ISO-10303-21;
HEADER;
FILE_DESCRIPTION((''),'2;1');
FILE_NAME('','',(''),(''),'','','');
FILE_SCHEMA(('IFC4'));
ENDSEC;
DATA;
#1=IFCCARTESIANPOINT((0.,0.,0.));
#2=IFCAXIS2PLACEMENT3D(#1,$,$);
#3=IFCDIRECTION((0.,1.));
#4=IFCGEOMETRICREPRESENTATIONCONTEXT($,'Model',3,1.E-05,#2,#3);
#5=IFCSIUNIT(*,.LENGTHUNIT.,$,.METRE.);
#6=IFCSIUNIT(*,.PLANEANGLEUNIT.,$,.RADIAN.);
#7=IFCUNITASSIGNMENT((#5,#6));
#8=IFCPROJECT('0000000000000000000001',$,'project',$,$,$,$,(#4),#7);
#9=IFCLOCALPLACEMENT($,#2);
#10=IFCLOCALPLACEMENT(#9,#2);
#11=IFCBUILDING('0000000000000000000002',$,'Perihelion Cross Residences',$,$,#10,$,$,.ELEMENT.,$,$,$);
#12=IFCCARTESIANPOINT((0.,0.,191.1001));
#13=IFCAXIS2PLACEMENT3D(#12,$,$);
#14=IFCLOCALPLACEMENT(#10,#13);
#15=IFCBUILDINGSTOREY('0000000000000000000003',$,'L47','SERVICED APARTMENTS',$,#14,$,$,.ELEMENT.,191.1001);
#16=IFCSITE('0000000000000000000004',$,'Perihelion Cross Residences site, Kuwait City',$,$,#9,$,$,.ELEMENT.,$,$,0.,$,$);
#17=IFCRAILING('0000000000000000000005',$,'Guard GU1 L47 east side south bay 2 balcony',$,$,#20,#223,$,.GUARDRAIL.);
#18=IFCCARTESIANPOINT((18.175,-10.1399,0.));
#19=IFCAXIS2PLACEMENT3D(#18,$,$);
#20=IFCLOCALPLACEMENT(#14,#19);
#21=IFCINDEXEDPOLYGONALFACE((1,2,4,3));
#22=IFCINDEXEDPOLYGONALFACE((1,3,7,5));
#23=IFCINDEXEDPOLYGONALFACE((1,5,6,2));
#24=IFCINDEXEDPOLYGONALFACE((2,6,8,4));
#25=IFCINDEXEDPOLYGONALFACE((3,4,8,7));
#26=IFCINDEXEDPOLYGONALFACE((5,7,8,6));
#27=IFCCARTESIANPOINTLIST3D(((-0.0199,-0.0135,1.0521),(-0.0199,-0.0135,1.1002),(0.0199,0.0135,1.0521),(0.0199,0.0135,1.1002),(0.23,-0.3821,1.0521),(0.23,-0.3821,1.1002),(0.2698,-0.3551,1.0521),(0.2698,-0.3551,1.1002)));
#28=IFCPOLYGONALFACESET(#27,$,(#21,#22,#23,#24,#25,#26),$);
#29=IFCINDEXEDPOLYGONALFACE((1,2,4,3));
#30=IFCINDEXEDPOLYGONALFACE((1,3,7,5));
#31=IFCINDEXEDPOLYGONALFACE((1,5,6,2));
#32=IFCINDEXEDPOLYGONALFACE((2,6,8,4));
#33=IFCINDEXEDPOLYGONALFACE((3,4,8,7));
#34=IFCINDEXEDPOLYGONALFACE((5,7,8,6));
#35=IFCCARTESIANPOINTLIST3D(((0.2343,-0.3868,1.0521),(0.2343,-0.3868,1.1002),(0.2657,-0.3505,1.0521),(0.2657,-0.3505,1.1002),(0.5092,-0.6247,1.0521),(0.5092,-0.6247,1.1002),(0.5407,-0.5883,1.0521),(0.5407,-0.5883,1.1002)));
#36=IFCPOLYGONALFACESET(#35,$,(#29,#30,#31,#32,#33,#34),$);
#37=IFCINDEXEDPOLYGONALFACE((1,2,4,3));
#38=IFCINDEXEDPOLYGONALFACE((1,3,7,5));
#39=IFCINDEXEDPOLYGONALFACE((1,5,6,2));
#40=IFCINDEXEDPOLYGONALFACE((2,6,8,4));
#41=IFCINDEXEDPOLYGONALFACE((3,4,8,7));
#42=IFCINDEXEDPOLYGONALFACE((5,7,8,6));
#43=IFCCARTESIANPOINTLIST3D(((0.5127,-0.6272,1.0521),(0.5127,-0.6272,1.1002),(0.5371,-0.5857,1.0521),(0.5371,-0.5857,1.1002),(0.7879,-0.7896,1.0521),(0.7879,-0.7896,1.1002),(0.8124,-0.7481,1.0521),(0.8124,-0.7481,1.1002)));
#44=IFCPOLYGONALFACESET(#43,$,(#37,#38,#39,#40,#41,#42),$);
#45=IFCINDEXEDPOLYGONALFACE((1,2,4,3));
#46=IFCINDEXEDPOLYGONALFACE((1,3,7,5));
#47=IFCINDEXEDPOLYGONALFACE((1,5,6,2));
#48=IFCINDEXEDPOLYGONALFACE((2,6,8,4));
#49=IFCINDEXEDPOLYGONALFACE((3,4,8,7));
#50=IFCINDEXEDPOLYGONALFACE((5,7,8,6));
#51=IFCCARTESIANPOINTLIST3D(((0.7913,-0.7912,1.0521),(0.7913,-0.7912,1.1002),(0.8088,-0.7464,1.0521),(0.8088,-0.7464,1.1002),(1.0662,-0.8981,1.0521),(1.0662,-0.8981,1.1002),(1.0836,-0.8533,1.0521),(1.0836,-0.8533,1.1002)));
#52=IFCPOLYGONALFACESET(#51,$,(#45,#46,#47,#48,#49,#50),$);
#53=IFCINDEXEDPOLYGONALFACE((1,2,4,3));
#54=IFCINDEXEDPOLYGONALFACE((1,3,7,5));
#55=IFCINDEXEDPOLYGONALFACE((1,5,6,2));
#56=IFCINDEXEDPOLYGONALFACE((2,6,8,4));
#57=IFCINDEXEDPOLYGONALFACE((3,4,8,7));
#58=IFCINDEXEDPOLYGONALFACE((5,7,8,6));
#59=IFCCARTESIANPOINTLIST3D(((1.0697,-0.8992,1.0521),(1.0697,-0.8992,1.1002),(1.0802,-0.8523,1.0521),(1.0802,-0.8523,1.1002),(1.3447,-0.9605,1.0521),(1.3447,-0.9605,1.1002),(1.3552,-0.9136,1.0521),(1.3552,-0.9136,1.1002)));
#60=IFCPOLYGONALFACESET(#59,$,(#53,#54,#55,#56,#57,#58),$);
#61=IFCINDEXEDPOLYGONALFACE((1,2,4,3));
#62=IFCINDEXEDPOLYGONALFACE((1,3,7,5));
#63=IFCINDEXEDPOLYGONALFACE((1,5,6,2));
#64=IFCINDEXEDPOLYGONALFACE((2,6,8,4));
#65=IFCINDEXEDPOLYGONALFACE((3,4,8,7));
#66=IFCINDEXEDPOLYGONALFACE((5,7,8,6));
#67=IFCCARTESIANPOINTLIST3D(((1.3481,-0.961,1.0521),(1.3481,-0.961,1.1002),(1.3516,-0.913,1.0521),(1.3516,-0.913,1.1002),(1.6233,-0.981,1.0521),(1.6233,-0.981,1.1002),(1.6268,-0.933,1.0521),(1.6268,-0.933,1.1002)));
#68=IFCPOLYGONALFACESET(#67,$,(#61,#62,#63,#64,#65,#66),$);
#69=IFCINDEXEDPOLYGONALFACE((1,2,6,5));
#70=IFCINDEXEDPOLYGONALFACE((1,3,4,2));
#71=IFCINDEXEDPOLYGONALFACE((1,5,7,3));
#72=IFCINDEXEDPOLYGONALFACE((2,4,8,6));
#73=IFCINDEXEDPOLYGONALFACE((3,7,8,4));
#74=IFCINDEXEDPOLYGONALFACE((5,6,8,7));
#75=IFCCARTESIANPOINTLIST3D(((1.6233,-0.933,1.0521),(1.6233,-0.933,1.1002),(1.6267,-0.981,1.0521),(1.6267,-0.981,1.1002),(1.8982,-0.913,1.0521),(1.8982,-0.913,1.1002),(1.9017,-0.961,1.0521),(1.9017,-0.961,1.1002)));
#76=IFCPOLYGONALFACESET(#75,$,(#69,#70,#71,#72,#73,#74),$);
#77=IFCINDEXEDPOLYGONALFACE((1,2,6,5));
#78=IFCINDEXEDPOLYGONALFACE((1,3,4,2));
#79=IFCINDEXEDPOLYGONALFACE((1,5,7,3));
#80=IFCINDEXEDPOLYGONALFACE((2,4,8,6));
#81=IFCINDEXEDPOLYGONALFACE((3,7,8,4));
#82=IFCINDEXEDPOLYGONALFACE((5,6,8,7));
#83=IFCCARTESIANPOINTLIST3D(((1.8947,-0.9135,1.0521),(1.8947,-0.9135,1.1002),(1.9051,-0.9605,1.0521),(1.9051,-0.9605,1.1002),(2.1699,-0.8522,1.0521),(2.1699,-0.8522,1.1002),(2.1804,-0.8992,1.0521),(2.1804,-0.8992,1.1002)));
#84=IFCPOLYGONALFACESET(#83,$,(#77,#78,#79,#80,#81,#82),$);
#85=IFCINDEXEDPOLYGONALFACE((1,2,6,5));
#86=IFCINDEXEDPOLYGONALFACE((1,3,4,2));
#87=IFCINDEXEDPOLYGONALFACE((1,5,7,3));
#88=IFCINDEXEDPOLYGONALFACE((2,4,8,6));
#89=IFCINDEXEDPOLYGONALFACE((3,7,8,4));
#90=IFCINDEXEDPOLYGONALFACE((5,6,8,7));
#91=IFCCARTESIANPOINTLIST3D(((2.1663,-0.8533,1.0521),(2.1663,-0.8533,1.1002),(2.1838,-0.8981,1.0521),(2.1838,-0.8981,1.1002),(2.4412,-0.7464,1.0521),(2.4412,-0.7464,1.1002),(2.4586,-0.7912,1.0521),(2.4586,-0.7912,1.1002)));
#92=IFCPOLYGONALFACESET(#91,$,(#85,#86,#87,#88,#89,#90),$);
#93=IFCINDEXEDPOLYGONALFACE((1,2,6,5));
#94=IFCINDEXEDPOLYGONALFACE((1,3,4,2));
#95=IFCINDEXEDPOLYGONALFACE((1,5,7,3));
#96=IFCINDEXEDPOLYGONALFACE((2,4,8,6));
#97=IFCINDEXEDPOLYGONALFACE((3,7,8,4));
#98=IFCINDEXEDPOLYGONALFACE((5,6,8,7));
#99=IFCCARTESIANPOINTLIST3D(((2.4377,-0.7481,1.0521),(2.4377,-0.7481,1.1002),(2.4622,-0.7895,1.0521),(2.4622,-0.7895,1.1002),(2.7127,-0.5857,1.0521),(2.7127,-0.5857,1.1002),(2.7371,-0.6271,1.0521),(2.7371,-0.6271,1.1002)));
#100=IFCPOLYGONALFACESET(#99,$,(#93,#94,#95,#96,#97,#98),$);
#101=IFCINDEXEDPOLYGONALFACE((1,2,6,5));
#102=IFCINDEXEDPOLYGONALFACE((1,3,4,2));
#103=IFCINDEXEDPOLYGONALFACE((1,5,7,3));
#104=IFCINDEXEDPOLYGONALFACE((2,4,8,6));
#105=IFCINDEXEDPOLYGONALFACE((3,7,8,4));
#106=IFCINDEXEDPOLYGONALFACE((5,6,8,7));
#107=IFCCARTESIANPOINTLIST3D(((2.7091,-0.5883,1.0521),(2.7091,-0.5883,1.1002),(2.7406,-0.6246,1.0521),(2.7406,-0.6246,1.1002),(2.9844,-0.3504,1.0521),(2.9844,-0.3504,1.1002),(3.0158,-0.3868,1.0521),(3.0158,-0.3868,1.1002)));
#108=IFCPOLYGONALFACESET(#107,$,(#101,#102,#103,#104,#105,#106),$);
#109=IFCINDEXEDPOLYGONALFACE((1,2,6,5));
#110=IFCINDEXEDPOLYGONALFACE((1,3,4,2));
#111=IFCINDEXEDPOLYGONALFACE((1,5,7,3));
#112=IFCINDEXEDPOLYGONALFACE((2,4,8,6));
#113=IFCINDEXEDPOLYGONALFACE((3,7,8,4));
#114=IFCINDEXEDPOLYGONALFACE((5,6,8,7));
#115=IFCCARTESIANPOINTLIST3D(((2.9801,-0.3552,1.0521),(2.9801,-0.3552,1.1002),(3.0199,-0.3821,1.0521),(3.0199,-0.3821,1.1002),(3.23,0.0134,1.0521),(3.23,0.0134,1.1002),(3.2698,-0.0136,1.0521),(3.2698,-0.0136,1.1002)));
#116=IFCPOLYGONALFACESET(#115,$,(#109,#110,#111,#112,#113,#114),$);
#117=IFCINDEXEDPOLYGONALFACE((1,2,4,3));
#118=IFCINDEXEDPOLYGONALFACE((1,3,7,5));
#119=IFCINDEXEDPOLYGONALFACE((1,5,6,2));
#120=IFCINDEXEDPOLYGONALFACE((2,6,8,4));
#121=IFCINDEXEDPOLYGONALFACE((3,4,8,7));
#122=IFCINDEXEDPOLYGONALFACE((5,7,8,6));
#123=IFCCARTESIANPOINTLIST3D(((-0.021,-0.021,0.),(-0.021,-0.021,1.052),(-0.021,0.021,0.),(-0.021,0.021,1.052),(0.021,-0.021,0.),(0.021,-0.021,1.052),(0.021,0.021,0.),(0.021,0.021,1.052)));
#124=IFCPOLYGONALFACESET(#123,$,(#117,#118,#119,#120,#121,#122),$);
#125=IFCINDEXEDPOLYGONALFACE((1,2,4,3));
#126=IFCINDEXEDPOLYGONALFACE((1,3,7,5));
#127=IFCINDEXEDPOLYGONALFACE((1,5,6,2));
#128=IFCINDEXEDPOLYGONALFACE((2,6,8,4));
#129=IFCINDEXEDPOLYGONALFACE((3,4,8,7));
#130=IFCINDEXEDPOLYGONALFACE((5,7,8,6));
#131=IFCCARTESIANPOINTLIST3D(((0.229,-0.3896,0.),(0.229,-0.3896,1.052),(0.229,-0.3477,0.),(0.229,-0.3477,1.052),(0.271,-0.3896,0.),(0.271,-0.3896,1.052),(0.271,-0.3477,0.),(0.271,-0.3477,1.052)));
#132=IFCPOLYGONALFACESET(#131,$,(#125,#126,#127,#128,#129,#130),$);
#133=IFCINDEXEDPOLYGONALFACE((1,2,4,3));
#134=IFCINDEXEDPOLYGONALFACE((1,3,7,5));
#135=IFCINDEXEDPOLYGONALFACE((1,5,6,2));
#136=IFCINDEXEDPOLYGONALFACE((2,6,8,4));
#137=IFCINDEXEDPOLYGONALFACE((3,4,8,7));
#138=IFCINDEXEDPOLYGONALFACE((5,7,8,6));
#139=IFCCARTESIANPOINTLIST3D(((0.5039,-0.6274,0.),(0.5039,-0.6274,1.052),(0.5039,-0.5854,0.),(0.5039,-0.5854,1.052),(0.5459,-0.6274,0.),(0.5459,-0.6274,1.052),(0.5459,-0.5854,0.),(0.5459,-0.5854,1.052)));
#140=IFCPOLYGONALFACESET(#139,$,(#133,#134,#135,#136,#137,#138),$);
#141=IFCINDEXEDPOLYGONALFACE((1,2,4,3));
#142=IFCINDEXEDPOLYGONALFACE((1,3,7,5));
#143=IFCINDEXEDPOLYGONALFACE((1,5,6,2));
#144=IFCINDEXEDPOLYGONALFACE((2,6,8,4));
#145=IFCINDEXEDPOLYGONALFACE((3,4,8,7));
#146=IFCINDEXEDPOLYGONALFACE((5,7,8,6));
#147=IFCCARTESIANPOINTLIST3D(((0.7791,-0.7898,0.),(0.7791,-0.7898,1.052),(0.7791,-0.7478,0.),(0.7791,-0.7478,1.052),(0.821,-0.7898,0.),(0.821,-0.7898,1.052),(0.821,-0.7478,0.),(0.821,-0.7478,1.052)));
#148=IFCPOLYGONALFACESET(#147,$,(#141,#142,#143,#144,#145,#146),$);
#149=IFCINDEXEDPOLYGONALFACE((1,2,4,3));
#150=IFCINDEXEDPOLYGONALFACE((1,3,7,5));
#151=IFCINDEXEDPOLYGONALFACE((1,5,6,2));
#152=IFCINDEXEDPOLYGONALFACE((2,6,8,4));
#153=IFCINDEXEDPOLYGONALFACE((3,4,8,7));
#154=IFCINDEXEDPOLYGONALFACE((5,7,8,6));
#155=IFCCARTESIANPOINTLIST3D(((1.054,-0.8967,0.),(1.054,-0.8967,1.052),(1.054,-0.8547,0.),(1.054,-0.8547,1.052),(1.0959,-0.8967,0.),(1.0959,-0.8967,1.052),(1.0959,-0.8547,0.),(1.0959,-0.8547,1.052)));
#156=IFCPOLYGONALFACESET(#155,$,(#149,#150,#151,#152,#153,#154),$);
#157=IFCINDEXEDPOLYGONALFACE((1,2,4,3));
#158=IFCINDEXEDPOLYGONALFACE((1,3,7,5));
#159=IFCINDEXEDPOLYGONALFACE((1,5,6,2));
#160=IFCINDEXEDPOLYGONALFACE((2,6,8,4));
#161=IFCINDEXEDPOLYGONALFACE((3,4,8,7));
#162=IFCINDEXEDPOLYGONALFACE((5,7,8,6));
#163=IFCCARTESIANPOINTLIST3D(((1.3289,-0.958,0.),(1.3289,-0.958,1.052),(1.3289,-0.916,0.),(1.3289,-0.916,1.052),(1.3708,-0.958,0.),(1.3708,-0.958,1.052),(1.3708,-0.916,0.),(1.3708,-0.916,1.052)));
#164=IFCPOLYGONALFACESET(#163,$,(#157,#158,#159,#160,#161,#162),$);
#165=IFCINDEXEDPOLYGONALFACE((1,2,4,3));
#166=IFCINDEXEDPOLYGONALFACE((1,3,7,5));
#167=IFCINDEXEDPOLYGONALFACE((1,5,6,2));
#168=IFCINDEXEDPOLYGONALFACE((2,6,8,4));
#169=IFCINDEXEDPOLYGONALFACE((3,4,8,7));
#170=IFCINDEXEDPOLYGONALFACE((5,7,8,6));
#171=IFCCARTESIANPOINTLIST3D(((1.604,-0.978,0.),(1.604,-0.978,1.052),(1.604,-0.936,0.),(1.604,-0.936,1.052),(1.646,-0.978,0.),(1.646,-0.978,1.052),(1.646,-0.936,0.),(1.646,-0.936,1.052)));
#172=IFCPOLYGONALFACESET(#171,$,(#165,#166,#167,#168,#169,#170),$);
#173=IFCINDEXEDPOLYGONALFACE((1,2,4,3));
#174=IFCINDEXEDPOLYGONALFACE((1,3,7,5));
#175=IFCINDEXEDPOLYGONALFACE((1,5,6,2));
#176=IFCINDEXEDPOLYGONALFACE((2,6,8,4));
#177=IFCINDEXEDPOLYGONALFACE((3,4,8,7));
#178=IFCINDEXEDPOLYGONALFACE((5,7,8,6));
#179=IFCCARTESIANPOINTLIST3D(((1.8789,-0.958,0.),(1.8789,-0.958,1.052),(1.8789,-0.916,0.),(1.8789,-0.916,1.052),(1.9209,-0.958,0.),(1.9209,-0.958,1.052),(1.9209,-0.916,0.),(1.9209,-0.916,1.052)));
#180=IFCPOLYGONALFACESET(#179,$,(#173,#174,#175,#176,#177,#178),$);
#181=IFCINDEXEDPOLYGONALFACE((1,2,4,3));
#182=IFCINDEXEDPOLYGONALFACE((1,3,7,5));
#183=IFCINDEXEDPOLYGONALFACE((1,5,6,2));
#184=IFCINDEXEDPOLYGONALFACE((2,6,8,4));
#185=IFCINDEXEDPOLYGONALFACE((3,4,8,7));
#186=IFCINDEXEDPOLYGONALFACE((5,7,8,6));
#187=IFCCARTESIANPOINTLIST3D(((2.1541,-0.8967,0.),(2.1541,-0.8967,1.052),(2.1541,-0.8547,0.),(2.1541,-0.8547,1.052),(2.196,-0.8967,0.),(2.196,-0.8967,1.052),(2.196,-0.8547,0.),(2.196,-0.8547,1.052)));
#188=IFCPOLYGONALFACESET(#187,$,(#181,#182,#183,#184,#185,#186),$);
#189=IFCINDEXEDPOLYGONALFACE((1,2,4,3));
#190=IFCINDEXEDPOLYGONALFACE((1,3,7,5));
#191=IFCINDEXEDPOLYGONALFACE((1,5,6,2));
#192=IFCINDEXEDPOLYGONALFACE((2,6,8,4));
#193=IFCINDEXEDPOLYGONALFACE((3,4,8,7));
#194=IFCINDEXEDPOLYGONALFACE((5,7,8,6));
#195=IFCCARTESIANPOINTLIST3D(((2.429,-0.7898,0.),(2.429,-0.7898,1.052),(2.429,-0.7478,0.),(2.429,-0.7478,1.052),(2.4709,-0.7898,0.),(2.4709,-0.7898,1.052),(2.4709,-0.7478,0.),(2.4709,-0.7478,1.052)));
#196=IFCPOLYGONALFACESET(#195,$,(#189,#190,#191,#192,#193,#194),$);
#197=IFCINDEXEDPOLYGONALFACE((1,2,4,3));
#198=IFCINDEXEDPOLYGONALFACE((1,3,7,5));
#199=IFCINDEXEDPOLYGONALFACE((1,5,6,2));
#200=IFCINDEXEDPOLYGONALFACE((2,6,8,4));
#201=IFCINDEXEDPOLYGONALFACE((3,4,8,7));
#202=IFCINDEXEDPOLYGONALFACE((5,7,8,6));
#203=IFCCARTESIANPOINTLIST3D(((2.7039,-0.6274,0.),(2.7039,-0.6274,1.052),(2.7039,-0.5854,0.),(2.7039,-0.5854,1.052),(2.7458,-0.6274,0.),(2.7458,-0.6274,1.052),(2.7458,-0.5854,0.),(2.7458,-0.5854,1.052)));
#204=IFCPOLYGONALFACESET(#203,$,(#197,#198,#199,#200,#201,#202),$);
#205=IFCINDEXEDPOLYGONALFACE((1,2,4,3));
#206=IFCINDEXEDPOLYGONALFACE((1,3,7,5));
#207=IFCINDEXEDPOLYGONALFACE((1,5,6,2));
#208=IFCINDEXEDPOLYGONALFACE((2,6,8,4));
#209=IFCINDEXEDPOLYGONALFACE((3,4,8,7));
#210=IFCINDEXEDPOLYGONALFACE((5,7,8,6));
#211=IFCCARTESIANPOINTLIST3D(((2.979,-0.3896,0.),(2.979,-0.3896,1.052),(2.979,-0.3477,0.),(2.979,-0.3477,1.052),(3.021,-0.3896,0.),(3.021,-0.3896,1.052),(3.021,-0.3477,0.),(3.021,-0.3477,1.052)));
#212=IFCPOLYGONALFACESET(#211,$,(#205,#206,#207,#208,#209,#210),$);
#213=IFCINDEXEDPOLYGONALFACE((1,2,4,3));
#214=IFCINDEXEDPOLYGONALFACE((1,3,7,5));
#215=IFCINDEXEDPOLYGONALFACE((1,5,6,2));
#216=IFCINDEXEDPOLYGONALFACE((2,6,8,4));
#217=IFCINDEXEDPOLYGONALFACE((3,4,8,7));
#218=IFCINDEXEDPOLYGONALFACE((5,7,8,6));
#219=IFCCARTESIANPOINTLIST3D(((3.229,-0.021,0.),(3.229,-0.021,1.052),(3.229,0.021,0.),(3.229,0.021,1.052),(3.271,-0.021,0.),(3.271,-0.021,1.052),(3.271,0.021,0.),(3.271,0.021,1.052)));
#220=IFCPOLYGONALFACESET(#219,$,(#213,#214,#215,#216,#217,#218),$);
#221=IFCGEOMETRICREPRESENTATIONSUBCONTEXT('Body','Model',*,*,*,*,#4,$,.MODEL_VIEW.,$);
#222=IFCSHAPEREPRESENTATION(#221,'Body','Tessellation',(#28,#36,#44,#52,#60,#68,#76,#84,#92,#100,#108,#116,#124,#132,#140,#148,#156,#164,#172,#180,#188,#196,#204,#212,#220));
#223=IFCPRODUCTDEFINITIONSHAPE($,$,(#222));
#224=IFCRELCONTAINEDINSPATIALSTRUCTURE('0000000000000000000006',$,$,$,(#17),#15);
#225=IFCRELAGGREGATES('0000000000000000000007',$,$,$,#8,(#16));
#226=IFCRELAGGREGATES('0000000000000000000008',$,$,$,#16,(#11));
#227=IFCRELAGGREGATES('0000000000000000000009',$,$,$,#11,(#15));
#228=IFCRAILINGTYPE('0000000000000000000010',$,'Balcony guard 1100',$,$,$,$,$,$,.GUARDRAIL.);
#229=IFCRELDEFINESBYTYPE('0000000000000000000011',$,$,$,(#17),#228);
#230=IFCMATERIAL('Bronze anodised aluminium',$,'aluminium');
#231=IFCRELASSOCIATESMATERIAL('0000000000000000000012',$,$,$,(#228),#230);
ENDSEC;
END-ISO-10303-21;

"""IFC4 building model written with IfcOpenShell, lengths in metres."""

from ifc_helpers import new_model, si_unit, direction, frame, origin, origin_2d, place, context, subcontext, project, spatial, rectangle, extrude, material, type_object, element, save


model = new_model("IFC4")

# Units and contexts
model_context = context("Model", 3, precision=1e-05, world=origin(), true_north=direction((0.0, 1.0)))
body_context = subcontext(model_context, "Body", "Model", "MODEL_VIEW")
ifc_project = project(units=[si_unit("LENGTHUNIT", "METRE"), si_unit("PLANEANGLEUNIT", "RADIAN")], contexts=[model_context])

# Site, building, storey
site_placement = place(None, origin())
site = spatial("IfcSite", under=ifc_project, at=site_placement, Name="Perihelion Cross Residences site, Kuwait City", CompositionType="ELEMENT", RefElevation=0.0)
building_placement = place(site_placement, origin())
building = spatial("IfcBuilding", under=site, at=building_placement, Name="Perihelion Cross Residences", CompositionType="ELEMENT")
storey_placement = place(building_placement, frame((0.0, 0.0, 191.1001)))
storey = spatial("IfcBuildingStorey", under=building, at=storey_placement, Name="L47", Description="SERVICED APARTMENTS", CompositionType="ELEMENT", Elevation=191.1001)

# Railing
ifc_material_1 = material(Name="Bronze anodised aluminium", Category="aluminium")
railing_type = type_object("IfcRailingType", Name="Balcony guard 1100", PredefinedType="GUARDRAIL", material=ifc_material_1)
railing_1_placement = place(storey_placement, frame((18.175, -10.1399, 0.0)))
element("IfcRailing", 1, at=railing_1_placement, inside=storey, type_object=railing_type, Name="Guard GU1 L47 east side south bay 2 balcony", PredefinedType="GUARDRAIL", context=body_context, shape_type="SweptSolid", body=[
    extrude(rectangle(XDim=0.0481, YDim=0.0481, at=origin_2d()), frame((0.0, 0.0, 1.0762), z_axis=(0.56126, -0.827639, 0.0), x_axis=(0.827639, 0.56126, 0.0)), (0.0, 0.0, 1.0), 0.4453),
    extrude(rectangle(XDim=0.0481, YDim=0.0481, at=origin_2d()), frame((0.25, -0.3687, 1.0762), z_axis=(0.756309, -0.654214, 0.0), x_axis=(0.654214, 0.756309, 0.0)), (0.0, 0.0, 1.0), 0.3635),
    extrude(rectangle(XDim=0.0481, YDim=0.0481, at=origin_2d()), frame((0.5249, -0.6064, 1.0762), z_axis=(0.861246, -0.508189, 0.0), x_axis=(0.508189, 0.861246, 0.0)), (0.0, 0.0, 1.0), 0.3196),
    extrude(rectangle(XDim=0.0481, YDim=0.0481, at=origin_2d()), frame((0.8, -0.7688, 1.0762), z_axis=(0.931974, -0.362526, 0.0), x_axis=(0.362526, 0.931974, 0.0)), (0.0, 0.0, 1.0), 0.2949),
    extrude(rectangle(XDim=0.0481, YDim=0.0481, at=origin_2d()), frame((1.075, -0.8757, 1.0762), z_axis=(0.976044, -0.217573, 0.0), x_axis=(0.217573, 0.976044, 0.0)), (0.0, 0.0, 1.0), 0.2817),
    extrude(rectangle(XDim=0.0481, YDim=0.0481, at=origin_2d()), frame((1.3499, -0.937, 1.0762), z_axis=(0.997363, -0.072568, 0.0), x_axis=(0.072568, 0.997363, 0.0)), (0.0, 0.0, 1.0), 0.2759),
    extrude(rectangle(XDim=0.0481, YDim=0.0481, at=origin_2d()), frame((1.625, -0.957, 1.0762), z_axis=(0.997359, 0.072632, 0.0), x_axis=(-0.072632, 0.997359, 0.0)), (0.0, 0.0, 1.0), 0.2756),
    extrude(rectangle(XDim=0.0481, YDim=0.0481, at=origin_2d()), frame((1.8999, -0.937, 1.0762), z_axis=(0.976085, 0.217389, 0.0), x_axis=(-0.217389, 0.976085, 0.0)), (0.0, 0.0, 1.0), 0.282),
    extrude(rectangle(XDim=0.0481, YDim=0.0481, at=origin_2d()), frame((2.175, -0.8757, 1.0762), z_axis=(0.931974, 0.362526, 0.0), x_axis=(-0.362526, 0.931974, 0.0)), (0.0, 0.0, 1.0), 0.2949),
    extrude(rectangle(XDim=0.0481, YDim=0.0481, at=origin_2d()), frame((2.45, -0.7688, 1.0762), z_axis=(0.861048, 0.508523, 0.0), x_axis=(-0.508523, 0.861048, 0.0)), (0.0, 0.0, 1.0), 0.3193),
    extrude(rectangle(XDim=0.0481, YDim=0.0481, at=origin_2d()), frame((2.7249, -0.6064, 1.0762), z_axis=(0.756597, 0.653882, 0.0), x_axis=(-0.653882, 0.756597, 0.0)), (0.0, 0.0, 1.0), 0.3638),
    extrude(rectangle(XDim=0.0481, YDim=0.0481, at=origin_2d()), frame((3.0, -0.3687, 1.0762), z_axis=(0.56126, 0.827639, 0.0), x_axis=(-0.827639, 0.56126, 0.0)), (0.0, 0.0, 1.0), 0.4453),
    extrude(rectangle(XDim=0.042, YDim=0.042, at=origin_2d()), origin(), (0.0, 0.0, 1.0), 1.052),
    extrude(rectangle(XDim=0.042, YDim=0.042, at=origin_2d()), frame((0.25, -0.3687, 0.0)), (0.0, 0.0, 1.0), 1.052),
    extrude(rectangle(XDim=0.042, YDim=0.042, at=origin_2d()), frame((0.5249, -0.6064, 0.0)), (0.0, 0.0, 1.0), 1.052),
    extrude(rectangle(XDim=0.042, YDim=0.042, at=origin_2d()), frame((0.8, -0.7688, 0.0)), (0.0, 0.0, 1.0), 1.052),
    extrude(rectangle(XDim=0.042, YDim=0.042, at=origin_2d()), frame((1.075, -0.8757, 0.0)), (0.0, 0.0, 1.0), 1.052),
    extrude(rectangle(XDim=0.042, YDim=0.042, at=origin_2d()), frame((1.3499, -0.937, 0.0)), (0.0, 0.0, 1.0), 1.052),
    extrude(rectangle(XDim=0.042, YDim=0.042, at=origin_2d()), frame((1.625, -0.957, 0.0)), (0.0, 0.0, 1.0), 1.052),
    extrude(rectangle(XDim=0.042, YDim=0.042, at=origin_2d()), frame((1.8999, -0.937, 0.0)), (0.0, 0.0, 1.0), 1.052),
    extrude(rectangle(XDim=0.042, YDim=0.042, at=origin_2d()), frame((2.175, -0.8757, 0.0)), (0.0, 0.0, 1.0), 1.052),
    extrude(rectangle(XDim=0.042, YDim=0.042, at=origin_2d()), frame((2.45, -0.7688, 0.0)), (0.0, 0.0, 1.0), 1.052),
    extrude(rectangle(XDim=0.042, YDim=0.042, at=origin_2d()), frame((2.7249, -0.6064, 0.0)), (0.0, 0.0, 1.0), 1.052),
    extrude(rectangle(XDim=0.042, YDim=0.042, at=origin_2d()), frame((3.0, -0.3687, 0.0)), (0.0, 0.0, 1.0), 1.052),
    extrude(rectangle(XDim=0.042, YDim=0.042, at=origin_2d()), frame((3.25, 0.0, 0.0)), (0.0, 0.0, 1.0), 1.052),
])

save(model, "model.ifc")
